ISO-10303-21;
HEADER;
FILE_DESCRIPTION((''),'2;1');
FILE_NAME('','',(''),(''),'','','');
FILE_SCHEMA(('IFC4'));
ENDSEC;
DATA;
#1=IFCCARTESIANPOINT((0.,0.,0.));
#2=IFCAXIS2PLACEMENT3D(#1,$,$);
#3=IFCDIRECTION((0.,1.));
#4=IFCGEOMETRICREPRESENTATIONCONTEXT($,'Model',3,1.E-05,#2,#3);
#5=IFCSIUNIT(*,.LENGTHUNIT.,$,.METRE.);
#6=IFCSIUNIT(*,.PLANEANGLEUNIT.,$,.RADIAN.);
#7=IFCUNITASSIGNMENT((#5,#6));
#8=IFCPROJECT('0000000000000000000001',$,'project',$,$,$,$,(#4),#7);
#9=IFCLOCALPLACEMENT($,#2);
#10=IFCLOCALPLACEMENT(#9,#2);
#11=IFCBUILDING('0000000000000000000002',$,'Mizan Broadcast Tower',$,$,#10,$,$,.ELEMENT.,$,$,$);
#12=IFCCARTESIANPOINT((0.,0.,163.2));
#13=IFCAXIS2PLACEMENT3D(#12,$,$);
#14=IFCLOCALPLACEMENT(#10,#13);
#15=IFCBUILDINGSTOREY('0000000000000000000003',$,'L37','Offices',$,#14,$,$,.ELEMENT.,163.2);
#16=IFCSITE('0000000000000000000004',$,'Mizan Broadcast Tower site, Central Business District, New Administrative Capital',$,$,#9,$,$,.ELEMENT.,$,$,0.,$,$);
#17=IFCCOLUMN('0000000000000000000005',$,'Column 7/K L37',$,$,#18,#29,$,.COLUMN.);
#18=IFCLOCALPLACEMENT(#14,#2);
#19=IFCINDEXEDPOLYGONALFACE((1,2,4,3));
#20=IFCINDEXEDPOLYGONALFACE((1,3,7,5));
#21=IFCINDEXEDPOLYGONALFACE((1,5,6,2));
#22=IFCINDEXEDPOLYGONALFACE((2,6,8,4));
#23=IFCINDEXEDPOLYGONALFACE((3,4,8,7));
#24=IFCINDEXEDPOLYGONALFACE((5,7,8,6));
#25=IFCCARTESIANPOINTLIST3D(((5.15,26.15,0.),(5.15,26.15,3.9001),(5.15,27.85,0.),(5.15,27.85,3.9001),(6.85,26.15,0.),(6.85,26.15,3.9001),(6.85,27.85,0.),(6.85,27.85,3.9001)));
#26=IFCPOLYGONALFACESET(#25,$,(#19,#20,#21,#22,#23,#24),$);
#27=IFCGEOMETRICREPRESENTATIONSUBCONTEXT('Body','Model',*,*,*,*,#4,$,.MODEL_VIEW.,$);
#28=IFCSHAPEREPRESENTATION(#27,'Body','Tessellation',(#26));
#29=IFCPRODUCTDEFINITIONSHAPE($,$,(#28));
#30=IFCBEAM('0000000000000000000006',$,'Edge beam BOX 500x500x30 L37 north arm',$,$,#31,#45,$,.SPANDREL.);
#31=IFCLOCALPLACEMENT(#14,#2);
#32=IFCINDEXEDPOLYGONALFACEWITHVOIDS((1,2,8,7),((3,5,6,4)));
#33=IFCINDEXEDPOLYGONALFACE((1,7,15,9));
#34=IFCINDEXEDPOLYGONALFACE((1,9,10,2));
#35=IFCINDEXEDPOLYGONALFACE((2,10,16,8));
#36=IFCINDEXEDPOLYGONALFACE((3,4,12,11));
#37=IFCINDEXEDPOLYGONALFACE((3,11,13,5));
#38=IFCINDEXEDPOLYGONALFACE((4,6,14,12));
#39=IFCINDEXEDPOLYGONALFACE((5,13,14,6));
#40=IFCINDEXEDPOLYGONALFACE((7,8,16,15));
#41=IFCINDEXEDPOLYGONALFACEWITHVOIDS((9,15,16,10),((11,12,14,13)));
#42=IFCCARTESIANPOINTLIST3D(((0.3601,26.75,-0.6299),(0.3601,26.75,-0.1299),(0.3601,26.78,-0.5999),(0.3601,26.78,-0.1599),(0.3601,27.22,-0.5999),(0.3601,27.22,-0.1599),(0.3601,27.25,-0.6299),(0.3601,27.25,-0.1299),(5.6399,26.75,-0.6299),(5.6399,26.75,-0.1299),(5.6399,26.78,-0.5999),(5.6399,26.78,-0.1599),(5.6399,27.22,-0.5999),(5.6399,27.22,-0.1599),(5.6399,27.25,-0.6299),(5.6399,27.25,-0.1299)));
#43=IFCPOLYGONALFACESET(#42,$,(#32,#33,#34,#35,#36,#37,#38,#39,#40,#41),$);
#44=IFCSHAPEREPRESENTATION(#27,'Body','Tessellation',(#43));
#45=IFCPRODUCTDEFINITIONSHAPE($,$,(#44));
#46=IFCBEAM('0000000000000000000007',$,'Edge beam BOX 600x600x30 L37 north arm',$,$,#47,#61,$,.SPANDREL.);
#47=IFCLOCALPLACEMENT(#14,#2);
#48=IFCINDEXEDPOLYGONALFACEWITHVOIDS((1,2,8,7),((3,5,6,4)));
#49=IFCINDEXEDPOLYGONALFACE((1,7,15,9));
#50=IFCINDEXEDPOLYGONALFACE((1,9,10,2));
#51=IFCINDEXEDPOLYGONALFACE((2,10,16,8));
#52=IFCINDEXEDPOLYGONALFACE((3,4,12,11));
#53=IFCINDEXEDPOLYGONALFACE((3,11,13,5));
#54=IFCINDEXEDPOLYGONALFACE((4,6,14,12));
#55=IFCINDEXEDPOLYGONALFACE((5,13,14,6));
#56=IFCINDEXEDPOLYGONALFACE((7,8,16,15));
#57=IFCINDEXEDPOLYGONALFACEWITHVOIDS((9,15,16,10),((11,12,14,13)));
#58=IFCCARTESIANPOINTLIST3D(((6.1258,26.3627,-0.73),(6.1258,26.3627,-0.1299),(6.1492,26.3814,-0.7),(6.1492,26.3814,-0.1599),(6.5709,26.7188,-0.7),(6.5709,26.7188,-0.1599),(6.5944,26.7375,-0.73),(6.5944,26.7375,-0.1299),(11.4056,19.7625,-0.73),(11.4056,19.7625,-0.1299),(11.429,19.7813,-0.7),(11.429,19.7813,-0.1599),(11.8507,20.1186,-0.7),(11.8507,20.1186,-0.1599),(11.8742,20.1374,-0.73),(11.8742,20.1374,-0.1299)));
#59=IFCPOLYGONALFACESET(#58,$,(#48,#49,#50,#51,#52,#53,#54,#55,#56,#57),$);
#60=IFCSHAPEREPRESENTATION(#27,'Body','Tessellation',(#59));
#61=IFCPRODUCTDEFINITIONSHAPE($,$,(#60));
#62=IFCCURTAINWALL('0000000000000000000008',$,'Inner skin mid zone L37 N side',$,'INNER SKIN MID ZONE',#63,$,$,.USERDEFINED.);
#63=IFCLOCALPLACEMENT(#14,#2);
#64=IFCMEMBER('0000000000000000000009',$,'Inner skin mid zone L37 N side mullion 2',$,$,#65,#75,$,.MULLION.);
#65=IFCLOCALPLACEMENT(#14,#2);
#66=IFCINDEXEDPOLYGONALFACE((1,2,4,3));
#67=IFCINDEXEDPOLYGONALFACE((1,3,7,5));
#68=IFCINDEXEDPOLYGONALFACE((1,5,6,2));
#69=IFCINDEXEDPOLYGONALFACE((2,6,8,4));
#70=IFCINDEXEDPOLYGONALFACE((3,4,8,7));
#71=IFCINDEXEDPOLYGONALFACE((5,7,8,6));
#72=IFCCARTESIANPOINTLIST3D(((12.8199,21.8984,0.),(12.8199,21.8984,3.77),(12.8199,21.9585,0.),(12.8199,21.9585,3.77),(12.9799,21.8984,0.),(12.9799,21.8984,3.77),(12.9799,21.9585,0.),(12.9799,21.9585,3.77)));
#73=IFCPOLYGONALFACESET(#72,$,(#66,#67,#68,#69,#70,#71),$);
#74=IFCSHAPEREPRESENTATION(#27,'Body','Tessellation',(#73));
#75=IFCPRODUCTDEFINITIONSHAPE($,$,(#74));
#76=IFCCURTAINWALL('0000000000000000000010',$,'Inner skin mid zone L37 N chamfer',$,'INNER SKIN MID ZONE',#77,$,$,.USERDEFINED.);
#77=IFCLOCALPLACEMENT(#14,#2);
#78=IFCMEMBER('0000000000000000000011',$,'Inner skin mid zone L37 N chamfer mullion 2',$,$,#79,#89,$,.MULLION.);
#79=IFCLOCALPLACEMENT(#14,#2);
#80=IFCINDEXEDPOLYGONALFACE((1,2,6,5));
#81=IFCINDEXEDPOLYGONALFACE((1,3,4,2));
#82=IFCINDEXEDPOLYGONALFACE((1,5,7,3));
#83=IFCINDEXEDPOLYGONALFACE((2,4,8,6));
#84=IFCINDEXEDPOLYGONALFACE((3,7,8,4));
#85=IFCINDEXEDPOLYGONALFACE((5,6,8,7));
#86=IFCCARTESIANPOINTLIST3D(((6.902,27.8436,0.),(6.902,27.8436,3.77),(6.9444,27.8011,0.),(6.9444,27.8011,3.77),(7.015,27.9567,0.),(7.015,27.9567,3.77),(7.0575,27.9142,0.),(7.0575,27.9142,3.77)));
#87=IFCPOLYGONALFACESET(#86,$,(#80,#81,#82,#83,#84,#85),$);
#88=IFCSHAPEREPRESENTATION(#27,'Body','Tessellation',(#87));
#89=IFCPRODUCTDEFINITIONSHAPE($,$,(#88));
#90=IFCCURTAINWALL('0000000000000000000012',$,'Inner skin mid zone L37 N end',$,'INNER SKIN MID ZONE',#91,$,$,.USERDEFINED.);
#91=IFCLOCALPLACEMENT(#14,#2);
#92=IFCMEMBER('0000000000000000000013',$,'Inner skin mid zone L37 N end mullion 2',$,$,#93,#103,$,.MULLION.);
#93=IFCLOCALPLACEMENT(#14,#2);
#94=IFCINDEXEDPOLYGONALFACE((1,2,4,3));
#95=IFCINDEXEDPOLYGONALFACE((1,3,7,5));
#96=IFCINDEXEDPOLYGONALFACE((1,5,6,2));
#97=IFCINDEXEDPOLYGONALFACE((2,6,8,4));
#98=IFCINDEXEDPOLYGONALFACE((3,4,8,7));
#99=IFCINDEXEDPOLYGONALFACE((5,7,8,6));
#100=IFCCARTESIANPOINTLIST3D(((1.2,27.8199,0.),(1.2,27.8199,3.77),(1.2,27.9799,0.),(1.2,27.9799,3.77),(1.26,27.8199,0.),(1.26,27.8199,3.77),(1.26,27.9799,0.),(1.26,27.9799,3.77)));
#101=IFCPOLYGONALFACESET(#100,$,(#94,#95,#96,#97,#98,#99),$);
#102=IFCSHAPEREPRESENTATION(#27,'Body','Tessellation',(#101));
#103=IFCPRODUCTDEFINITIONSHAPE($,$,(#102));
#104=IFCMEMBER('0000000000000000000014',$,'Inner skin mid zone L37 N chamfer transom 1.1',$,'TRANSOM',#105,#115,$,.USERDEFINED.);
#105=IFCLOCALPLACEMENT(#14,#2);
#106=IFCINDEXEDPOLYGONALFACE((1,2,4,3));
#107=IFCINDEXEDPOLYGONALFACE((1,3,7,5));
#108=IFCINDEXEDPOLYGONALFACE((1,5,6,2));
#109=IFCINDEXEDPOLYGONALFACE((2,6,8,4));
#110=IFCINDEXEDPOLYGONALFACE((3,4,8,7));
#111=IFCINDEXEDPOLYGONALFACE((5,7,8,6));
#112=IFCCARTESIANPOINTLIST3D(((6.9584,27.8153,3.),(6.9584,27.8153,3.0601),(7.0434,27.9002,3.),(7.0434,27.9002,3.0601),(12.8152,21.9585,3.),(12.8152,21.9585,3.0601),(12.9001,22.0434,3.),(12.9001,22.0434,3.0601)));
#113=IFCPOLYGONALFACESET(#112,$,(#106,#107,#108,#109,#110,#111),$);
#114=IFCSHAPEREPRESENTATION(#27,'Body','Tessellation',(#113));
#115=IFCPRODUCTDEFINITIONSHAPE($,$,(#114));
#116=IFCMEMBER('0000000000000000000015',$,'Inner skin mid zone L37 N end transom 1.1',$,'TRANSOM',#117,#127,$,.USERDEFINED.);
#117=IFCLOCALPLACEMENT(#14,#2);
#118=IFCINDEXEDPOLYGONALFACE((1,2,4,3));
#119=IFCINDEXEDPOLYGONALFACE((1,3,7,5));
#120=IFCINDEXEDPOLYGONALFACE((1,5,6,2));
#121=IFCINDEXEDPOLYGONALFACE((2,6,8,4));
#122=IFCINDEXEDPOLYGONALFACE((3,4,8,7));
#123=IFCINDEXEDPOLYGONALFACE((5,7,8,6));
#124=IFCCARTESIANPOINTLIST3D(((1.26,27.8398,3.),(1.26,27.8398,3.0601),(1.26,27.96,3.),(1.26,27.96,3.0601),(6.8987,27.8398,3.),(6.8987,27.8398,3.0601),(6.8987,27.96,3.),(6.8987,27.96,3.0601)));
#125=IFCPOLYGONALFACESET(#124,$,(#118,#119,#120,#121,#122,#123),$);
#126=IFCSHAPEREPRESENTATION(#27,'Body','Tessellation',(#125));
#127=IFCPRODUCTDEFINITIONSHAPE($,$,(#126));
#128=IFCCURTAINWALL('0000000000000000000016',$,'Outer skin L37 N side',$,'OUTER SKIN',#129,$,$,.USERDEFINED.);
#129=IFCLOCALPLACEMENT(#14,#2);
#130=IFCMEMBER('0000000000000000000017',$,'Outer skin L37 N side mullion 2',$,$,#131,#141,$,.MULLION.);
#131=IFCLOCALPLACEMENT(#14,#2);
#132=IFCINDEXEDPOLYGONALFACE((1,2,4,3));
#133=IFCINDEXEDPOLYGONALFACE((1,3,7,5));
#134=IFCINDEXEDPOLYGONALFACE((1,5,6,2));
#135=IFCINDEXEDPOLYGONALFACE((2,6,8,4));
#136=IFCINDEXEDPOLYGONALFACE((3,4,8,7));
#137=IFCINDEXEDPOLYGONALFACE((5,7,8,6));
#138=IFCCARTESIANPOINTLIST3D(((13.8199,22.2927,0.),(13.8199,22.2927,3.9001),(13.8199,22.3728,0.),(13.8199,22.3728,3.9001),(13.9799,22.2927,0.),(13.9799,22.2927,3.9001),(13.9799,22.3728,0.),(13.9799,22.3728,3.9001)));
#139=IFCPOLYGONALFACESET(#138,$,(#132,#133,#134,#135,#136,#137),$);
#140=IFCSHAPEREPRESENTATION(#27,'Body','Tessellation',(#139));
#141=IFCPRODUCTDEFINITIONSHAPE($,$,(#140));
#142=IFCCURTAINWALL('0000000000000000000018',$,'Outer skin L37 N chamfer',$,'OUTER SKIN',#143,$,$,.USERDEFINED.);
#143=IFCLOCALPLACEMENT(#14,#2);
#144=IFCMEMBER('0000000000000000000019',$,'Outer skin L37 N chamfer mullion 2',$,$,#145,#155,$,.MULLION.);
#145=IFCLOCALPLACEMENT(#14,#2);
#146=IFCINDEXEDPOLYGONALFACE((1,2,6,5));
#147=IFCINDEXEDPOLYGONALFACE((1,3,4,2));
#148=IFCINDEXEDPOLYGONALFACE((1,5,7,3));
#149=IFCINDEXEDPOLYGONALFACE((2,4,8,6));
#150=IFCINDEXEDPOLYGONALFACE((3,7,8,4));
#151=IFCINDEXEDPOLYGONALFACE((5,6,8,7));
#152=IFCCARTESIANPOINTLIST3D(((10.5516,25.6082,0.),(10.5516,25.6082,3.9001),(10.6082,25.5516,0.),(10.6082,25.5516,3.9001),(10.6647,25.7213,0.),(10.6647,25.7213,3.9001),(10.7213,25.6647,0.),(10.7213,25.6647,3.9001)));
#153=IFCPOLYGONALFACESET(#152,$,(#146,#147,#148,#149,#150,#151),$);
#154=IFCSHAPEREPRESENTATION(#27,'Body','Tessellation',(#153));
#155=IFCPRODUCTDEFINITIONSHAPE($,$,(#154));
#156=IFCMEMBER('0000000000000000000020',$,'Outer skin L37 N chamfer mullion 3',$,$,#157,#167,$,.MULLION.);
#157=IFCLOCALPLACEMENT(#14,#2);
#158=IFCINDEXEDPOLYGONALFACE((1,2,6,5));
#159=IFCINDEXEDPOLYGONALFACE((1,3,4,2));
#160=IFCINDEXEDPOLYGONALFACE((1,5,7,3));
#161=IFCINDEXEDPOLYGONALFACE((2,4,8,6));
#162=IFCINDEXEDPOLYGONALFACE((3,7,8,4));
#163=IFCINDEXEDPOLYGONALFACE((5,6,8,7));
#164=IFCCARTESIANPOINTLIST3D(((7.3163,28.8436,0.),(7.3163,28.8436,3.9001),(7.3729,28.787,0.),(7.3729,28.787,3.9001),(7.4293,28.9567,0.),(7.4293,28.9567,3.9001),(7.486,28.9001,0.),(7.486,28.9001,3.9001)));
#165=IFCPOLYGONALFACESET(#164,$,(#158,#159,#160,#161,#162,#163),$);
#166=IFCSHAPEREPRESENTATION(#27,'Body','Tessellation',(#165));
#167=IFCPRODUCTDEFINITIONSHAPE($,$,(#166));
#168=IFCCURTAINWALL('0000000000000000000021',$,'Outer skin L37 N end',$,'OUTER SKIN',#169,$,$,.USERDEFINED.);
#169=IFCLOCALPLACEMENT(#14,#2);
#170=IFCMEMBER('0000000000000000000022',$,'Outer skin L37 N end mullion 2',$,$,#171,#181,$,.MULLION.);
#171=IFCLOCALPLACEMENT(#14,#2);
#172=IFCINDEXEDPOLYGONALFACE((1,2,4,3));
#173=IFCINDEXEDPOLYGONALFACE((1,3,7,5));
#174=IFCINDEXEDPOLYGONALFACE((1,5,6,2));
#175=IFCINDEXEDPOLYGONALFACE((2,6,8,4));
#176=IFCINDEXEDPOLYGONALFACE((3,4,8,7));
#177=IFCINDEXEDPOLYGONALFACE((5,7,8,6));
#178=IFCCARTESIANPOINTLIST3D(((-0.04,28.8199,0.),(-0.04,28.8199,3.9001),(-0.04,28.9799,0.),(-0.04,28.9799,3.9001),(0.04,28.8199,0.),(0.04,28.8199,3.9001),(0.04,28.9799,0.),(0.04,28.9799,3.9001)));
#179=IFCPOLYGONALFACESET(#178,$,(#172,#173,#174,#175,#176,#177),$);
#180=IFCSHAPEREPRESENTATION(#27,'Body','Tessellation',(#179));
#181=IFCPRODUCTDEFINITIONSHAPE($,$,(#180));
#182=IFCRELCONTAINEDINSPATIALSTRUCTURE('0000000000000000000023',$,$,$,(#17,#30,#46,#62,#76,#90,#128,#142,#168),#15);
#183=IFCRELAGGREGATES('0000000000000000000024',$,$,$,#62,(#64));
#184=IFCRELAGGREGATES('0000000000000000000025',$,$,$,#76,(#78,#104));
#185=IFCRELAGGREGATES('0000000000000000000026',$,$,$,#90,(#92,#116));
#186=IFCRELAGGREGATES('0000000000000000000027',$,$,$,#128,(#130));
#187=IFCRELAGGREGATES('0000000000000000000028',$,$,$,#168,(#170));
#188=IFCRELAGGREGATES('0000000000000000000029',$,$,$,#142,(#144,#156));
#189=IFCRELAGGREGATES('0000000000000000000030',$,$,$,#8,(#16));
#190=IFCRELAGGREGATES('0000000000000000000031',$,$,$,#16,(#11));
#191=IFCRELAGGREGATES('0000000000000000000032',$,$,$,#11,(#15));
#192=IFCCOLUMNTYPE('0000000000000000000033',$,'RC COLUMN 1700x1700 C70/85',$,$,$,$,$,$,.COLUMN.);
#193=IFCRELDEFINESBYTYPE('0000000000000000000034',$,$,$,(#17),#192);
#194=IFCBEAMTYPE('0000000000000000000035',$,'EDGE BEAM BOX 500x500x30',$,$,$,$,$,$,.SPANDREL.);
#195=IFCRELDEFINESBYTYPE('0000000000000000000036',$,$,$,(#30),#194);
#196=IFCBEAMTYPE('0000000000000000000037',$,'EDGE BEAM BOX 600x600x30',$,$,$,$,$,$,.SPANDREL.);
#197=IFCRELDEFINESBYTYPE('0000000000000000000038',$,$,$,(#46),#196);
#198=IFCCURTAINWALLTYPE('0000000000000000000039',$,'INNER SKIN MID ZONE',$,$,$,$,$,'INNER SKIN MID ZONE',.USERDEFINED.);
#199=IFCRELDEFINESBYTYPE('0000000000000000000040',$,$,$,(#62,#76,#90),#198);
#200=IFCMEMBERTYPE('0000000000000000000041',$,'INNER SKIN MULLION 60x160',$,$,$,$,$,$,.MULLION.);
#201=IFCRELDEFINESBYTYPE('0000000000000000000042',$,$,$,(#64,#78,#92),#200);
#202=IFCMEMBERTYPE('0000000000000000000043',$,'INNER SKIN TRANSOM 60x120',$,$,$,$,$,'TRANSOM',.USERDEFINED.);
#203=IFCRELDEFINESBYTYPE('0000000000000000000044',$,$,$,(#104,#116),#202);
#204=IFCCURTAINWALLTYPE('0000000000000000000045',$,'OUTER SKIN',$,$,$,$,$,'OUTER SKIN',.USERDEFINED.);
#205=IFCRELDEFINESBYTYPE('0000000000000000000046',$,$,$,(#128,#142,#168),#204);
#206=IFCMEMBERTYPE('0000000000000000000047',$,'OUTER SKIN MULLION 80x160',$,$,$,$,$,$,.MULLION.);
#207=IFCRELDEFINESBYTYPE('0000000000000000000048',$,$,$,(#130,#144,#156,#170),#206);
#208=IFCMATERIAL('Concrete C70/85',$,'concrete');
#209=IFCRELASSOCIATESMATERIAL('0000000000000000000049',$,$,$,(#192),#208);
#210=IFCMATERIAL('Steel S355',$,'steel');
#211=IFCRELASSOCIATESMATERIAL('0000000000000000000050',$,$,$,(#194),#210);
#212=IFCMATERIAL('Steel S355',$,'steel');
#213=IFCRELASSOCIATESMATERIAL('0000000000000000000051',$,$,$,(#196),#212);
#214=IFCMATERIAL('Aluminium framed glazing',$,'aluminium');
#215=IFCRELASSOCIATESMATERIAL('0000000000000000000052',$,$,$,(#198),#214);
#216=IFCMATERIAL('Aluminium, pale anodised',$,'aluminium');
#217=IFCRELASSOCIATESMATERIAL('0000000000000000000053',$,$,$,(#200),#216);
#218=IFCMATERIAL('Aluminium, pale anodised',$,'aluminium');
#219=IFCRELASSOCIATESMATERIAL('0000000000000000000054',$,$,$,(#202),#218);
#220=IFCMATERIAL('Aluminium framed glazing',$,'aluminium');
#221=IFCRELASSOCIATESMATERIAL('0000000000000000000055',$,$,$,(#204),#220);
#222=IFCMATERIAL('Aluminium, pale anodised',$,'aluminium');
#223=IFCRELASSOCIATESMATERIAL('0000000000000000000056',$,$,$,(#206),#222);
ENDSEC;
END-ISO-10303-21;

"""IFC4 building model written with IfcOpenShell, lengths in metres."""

from ifc_helpers import new_model, si_unit, direction, frame, origin, origin_2d, place, context, subcontext, project, spatial, rectangle, hollow_rectangle, extrude, material, material_profile, profile_set, type_object, element, aggregate, save


model = new_model("IFC4")

# Units and contexts
model_context = context("Model", 3, precision=1e-05, world=origin(), true_north=direction((0.0, 1.0)))
body_context = subcontext(model_context, "Body", "Model", "MODEL_VIEW")
ifc_project = project(units=[si_unit("LENGTHUNIT", "METRE"), si_unit("PLANEANGLEUNIT", "RADIAN")], contexts=[model_context])

# Site, building, storey
site_placement = place(None, origin())
site = spatial("IfcSite", under=ifc_project, at=site_placement, Name="Mizan Broadcast Tower site, Central Business District, New Administrative Capital", CompositionType="ELEMENT", RefElevation=0.0)
building_placement = place(site_placement, origin())
building = spatial("IfcBuilding", under=site, at=building_placement, Name="Mizan Broadcast Tower", CompositionType="ELEMENT")
storey_placement = place(building_placement, frame((0.0, 0.0, 163.2)))
storey = spatial("IfcBuildingStorey", under=building, at=storey_placement, Name="L37", Description="Offices", CompositionType="ELEMENT", Elevation=163.2)

# Column
ifc_material_1 = material(Name="Concrete C70/85", Category="concrete")
ifc_material_profile_1 = material_profile(ifc_material_1, rectangle(XDim=1.7, YDim=1.7, at=origin_2d()), Name="RC 1700x1700")
ifc_profile_set_1 = profile_set([ifc_material_profile_1], Name="Concrete C70/85")
column_type = type_object("IfcColumnType", Name="RC COLUMN 1700x1700 C70/85", PredefinedType="COLUMN", material=ifc_profile_set_1)
column_placement = place(storey_placement, frame((6.0, 27.0, 0.0), z_axis=(0.0, 0.0, 1.0), x_axis=(1.0, 0.0, 0.0)))
element("IfcColumn", 1, at=column_placement, inside=storey, type_object=column_type, Name="Column 7/K L37", PredefinedType="COLUMN", context=body_context, shape_type="SweptSolid", body=[
    extrude(rectangle(XDim=1.7, YDim=1.7, at=origin_2d()), origin(), (0.0, 0.0, 1.0), 3.9001),
])

# Beams
ifc_material_2 = material(Name="Steel S355", Category="steel")
ifc_material_profile_2 = material_profile(ifc_material_2, hollow_rectangle(XDim=0.5, YDim=0.5, WallThickness=0.03, at=origin_2d()), Name="BOX 500x500x30")
ifc_profile_set_2 = profile_set([ifc_material_profile_2], Name="Steel S355")
beam_type_1 = type_object("IfcBeamType", Name="EDGE BEAM BOX 500x500x30", PredefinedType="SPANDREL", material=ifc_profile_set_2)
beam_1_placement = place(storey_placement, frame((5.6399, 27.0, -0.3799), z_axis=(-1.0, 0.0, 0.0), x_axis=(0.0, -1.0, 0.0)))
element("IfcBeam", 2, at=beam_1_placement, inside=storey, type_object=beam_type_1, Name="Edge beam BOX 500x500x30 L37 north arm", PredefinedType="SPANDREL", context=body_context, shape_type="SweptSolid", body=[
    extrude(hollow_rectangle(XDim=0.5, YDim=0.5, WallThickness=0.03, at=origin_2d()), origin(), (0.0, 0.0, 1.0), 5.2798),
])
ifc_material_3 = material(Name="Steel S355", Category="steel")
ifc_material_profile_3 = material_profile(ifc_material_3, hollow_rectangle(XDim=0.6001, YDim=0.6001, WallThickness=0.03, at=origin_2d()), Name="BOX 600x600x30")
ifc_profile_set_3 = profile_set([ifc_material_profile_3], Name="Steel S355")
beam_type_2 = type_object("IfcBeamType", Name="EDGE BEAM BOX 600x600x30", PredefinedType="SPANDREL", material=ifc_profile_set_3)
beam_2_placement = place(storey_placement, frame((11.6399, 19.95, -0.4299), z_axis=(-0.624674, 0.780886, 0.0), x_axis=(-0.780886, -0.624674, 0.0)))
element("IfcBeam", 3, at=beam_2_placement, inside=storey, type_object=beam_type_2, Name="Edge beam BOX 600x600x30 L37 north arm", PredefinedType="SPANDREL", context=body_context, shape_type="SweptSolid", body=[
    extrude(hollow_rectangle(XDim=0.6001, YDim=0.6001, WallThickness=0.03, at=origin_2d()), origin(), (0.0, 0.0, 1.0), 8.4521),
])

# Curtain walls, members
ifc_material_4 = material(Name="Aluminium framed glazing", Category="aluminium")
curtain_wall_type_1 = type_object("IfcCurtainWallType", Name="INNER SKIN MID ZONE", ElementType="INNER SKIN MID ZONE", PredefinedType="USERDEFINED", material=ifc_material_4)
curtain_wall_1_placement = place(storey_placement, origin())
curtain_wall_1 = element("IfcCurtainWall", 4, at=curtain_wall_1_placement, inside=storey, type_object=curtain_wall_type_1, Name="Inner skin mid zone L37 N side", ObjectType="INNER SKIN MID ZONE", PredefinedType="USERDEFINED")
ifc_material_5 = material(Name="Aluminium, pale anodised", Category="aluminium")
ifc_material_profile_4 = material_profile(ifc_material_5, rectangle(XDim=0.1599, YDim=0.0601, at=origin_2d()), Name="MULLION 160x60")
ifc_profile_set_4 = profile_set([ifc_material_profile_4], Name="Aluminium, pale anodised")
member_type_1 = type_object("IfcMemberType", Name="INNER SKIN MULLION 60x160", PredefinedType="MULLION", material=ifc_profile_set_4)
member_1_placement = place(storey_placement, frame((12.8999, 21.9285, 0.0), z_axis=(0.0, 0.0, 1.0), x_axis=(-1.0, 0.0, 0.0)))
member_1 = element("IfcMember", 5, at=member_1_placement, type_object=member_type_1, Name="Inner skin mid zone L37 N side mullion 2", PredefinedType="MULLION", context=body_context, shape_type="SweptSolid", body=[
    extrude(rectangle(XDim=0.1599, YDim=0.0601, at=origin_2d()), origin(), (0.0, 0.0, 1.0), 3.77),
])
curtain_wall_2_placement = place(storey_placement, origin())
curtain_wall_2 = element("IfcCurtainWall", 6, at=curtain_wall_2_placement, inside=storey, type_object=curtain_wall_type_1, Name="Inner skin mid zone L37 N chamfer", ObjectType="INNER SKIN MID ZONE", PredefinedType="USERDEFINED")
member_2_placement = place(storey_placement, frame((6.9797, 27.8789, 0.0), z_axis=(0.0, 0.0, 1.0), x_axis=(-0.707107, -0.707107, 0.0)))
member_2 = element("IfcMember", 7, at=member_2_placement, type_object=member_type_1, Name="Inner skin mid zone L37 N chamfer mullion 2", PredefinedType="MULLION", context=body_context, shape_type="SweptSolid", body=[
    extrude(rectangle(XDim=0.1599, YDim=0.0601, at=origin_2d()), origin(), (0.0, 0.0, 1.0), 3.77),
])
curtain_wall_3_placement = place(storey_placement, origin())
curtain_wall_3 = element("IfcCurtainWall", 8, at=curtain_wall_3_placement, inside=storey, type_object=curtain_wall_type_1, Name="Inner skin mid zone L37 N end", ObjectType="INNER SKIN MID ZONE", PredefinedType="USERDEFINED")
member_3_placement = place(storey_placement, frame((1.23, 27.8999, 0.0), z_axis=(0.0, 0.0, 1.0), x_axis=(0.0, -1.0, 0.0)))
member_3 = element("IfcMember", 9, at=member_3_placement, type_object=member_type_1, Name="Inner skin mid zone L37 N end mullion 2", PredefinedType="MULLION", context=body_context, shape_type="SweptSolid", body=[
    extrude(rectangle(XDim=0.1599, YDim=0.0601, at=origin_2d()), origin(), (0.0, 0.0, 1.0), 3.77),
])

# Members
ifc_material_6 = material(Name="Aluminium, pale anodised", Category="aluminium")
ifc_material_profile_5 = material_profile(ifc_material_6, rectangle(XDim=0.1201, YDim=0.0601, at=origin_2d()), Name="TRANSOM 120x60")
ifc_profile_set_5 = profile_set([ifc_material_profile_5], Name="Aluminium, pale anodised")
member_type_2 = type_object("IfcMemberType", Name="INNER SKIN TRANSOM 60x120", ElementType="TRANSOM", PredefinedType="USERDEFINED", material=ifc_profile_set_5)
member_4_placement = place(storey_placement, frame((12.8577, 22.001, 3.03), z_axis=(-0.707107, 0.707107, 0.0), x_axis=(-0.707107, -0.707107, 0.0)))
member_4 = element("IfcMember", 10, at=member_4_placement, type_object=member_type_2, Name="Inner skin mid zone L37 N chamfer transom 1.1", ObjectType="TRANSOM", PredefinedType="USERDEFINED", context=body_context, shape_type="SweptSolid", body=[
    extrude(rectangle(XDim=0.1201, YDim=0.0601, at=origin_2d()), origin(), (0.0, 0.0, 1.0), 8.2827),
])
member_5_placement = place(storey_placement, frame((6.8987, 27.8999, 3.03), z_axis=(-1.0, 0.0, 0.0), x_axis=(0.0, -1.0, 0.0)))
member_5 = element("IfcMember", 11, at=member_5_placement, type_object=member_type_2, Name="Inner skin mid zone L37 N end transom 1.1", ObjectType="TRANSOM", PredefinedType="USERDEFINED", context=body_context, shape_type="SweptSolid", body=[
    extrude(rectangle(XDim=0.1201, YDim=0.0601, at=origin_2d()), origin(), (0.0, 0.0, 1.0), 5.6387),
])

# Curtain wall, member
ifc_material_7 = material(Name="Aluminium framed glazing", Category="aluminium")
curtain_wall_type_2 = type_object("IfcCurtainWallType", Name="OUTER SKIN", ElementType="OUTER SKIN", PredefinedType="USERDEFINED", material=ifc_material_7)
curtain_wall_4_placement = place(storey_placement, origin())
curtain_wall_4 = element("IfcCurtainWall", 12, at=curtain_wall_4_placement, inside=storey, type_object=curtain_wall_type_2, Name="Outer skin L37 N side", ObjectType="OUTER SKIN", PredefinedType="USERDEFINED")
ifc_material_8 = material(Name="Aluminium, pale anodised", Category="aluminium")
ifc_material_profile_6 = material_profile(ifc_material_8, rectangle(XDim=0.1599, YDim=0.0801, at=origin_2d()), Name="MULLION 160x80")
ifc_profile_set_6 = profile_set([ifc_material_profile_6], Name="Aluminium, pale anodised")
member_type_3 = type_object("IfcMemberType", Name="OUTER SKIN MULLION 80x160", PredefinedType="MULLION", material=ifc_profile_set_6)
member_6_placement = place(storey_placement, frame((13.8999, 22.3328, 0.0), z_axis=(0.0, 0.0, 1.0), x_axis=(-1.0, 0.0, 0.0)))
member_6 = element("IfcMember", 13, at=member_6_placement, type_object=member_type_3, Name="Outer skin L37 N side mullion 2", PredefinedType="MULLION", context=body_context, shape_type="SweptSolid", body=[
    extrude(rectangle(XDim=0.1599, YDim=0.0801, at=origin_2d()), origin(), (0.0, 0.0, 1.0), 3.9001),
])

# Curtain wall, members
curtain_wall_5_placement = place(storey_placement, origin())
curtain_wall_5 = element("IfcCurtainWall", 14, at=curtain_wall_5_placement, inside=storey, type_object=curtain_wall_type_2, Name="Outer skin L37 N chamfer", ObjectType="OUTER SKIN", PredefinedType="USERDEFINED")
member_7_placement = place(storey_placement, frame((10.6365, 25.6365, 0.0), z_axis=(0.0, 0.0, 1.0), x_axis=(-0.707107, -0.707107, 0.0)))
member_7 = element("IfcMember", 15, at=member_7_placement, type_object=member_type_3, Name="Outer skin L37 N chamfer mullion 2", PredefinedType="MULLION", context=body_context, shape_type="SweptSolid", body=[
    extrude(rectangle(XDim=0.1599, YDim=0.0801, at=origin_2d()), origin(), (0.0, 0.0, 1.0), 3.9001),
])
member_8_placement = place(storey_placement, frame((7.4011, 28.8718, 0.0), z_axis=(0.0, 0.0, 1.0), x_axis=(-0.707107, -0.707107, 0.0)))
member_8 = element("IfcMember", 16, at=member_8_placement, type_object=member_type_3, Name="Outer skin L37 N chamfer mullion 3", PredefinedType="MULLION", context=body_context, shape_type="SweptSolid", body=[
    extrude(rectangle(XDim=0.1599, YDim=0.0801, at=origin_2d()), origin(), (0.0, 0.0, 1.0), 3.9001),
])

# Curtain wall, member
curtain_wall_6_placement = place(storey_placement, origin())
curtain_wall_6 = element("IfcCurtainWall", 17, at=curtain_wall_6_placement, inside=storey, type_object=curtain_wall_type_2, Name="Outer skin L37 N end", ObjectType="OUTER SKIN", PredefinedType="USERDEFINED")
member_9_placement = place(storey_placement, frame((0.0, 28.8999, 0.0), z_axis=(0.0, 0.0, 1.0), x_axis=(0.0, -1.0, 0.0)))
member_9 = element("IfcMember", 18, at=member_9_placement, type_object=member_type_3, Name="Outer skin L37 N end mullion 2", PredefinedType="MULLION", context=body_context, shape_type="SweptSolid", body=[
    extrude(rectangle(XDim=0.1599, YDim=0.0801, at=origin_2d()), origin(), (0.0, 0.0, 1.0), 3.9001),
])

aggregate(curtain_wall_1, [member_1])
aggregate(curtain_wall_2, [member_2, member_4])
aggregate(curtain_wall_3, [member_3, member_5])
aggregate(curtain_wall_4, [member_6])
aggregate(curtain_wall_6, [member_9])
aggregate(curtain_wall_5, [member_7, member_8])

save(model, "model.ifc")
